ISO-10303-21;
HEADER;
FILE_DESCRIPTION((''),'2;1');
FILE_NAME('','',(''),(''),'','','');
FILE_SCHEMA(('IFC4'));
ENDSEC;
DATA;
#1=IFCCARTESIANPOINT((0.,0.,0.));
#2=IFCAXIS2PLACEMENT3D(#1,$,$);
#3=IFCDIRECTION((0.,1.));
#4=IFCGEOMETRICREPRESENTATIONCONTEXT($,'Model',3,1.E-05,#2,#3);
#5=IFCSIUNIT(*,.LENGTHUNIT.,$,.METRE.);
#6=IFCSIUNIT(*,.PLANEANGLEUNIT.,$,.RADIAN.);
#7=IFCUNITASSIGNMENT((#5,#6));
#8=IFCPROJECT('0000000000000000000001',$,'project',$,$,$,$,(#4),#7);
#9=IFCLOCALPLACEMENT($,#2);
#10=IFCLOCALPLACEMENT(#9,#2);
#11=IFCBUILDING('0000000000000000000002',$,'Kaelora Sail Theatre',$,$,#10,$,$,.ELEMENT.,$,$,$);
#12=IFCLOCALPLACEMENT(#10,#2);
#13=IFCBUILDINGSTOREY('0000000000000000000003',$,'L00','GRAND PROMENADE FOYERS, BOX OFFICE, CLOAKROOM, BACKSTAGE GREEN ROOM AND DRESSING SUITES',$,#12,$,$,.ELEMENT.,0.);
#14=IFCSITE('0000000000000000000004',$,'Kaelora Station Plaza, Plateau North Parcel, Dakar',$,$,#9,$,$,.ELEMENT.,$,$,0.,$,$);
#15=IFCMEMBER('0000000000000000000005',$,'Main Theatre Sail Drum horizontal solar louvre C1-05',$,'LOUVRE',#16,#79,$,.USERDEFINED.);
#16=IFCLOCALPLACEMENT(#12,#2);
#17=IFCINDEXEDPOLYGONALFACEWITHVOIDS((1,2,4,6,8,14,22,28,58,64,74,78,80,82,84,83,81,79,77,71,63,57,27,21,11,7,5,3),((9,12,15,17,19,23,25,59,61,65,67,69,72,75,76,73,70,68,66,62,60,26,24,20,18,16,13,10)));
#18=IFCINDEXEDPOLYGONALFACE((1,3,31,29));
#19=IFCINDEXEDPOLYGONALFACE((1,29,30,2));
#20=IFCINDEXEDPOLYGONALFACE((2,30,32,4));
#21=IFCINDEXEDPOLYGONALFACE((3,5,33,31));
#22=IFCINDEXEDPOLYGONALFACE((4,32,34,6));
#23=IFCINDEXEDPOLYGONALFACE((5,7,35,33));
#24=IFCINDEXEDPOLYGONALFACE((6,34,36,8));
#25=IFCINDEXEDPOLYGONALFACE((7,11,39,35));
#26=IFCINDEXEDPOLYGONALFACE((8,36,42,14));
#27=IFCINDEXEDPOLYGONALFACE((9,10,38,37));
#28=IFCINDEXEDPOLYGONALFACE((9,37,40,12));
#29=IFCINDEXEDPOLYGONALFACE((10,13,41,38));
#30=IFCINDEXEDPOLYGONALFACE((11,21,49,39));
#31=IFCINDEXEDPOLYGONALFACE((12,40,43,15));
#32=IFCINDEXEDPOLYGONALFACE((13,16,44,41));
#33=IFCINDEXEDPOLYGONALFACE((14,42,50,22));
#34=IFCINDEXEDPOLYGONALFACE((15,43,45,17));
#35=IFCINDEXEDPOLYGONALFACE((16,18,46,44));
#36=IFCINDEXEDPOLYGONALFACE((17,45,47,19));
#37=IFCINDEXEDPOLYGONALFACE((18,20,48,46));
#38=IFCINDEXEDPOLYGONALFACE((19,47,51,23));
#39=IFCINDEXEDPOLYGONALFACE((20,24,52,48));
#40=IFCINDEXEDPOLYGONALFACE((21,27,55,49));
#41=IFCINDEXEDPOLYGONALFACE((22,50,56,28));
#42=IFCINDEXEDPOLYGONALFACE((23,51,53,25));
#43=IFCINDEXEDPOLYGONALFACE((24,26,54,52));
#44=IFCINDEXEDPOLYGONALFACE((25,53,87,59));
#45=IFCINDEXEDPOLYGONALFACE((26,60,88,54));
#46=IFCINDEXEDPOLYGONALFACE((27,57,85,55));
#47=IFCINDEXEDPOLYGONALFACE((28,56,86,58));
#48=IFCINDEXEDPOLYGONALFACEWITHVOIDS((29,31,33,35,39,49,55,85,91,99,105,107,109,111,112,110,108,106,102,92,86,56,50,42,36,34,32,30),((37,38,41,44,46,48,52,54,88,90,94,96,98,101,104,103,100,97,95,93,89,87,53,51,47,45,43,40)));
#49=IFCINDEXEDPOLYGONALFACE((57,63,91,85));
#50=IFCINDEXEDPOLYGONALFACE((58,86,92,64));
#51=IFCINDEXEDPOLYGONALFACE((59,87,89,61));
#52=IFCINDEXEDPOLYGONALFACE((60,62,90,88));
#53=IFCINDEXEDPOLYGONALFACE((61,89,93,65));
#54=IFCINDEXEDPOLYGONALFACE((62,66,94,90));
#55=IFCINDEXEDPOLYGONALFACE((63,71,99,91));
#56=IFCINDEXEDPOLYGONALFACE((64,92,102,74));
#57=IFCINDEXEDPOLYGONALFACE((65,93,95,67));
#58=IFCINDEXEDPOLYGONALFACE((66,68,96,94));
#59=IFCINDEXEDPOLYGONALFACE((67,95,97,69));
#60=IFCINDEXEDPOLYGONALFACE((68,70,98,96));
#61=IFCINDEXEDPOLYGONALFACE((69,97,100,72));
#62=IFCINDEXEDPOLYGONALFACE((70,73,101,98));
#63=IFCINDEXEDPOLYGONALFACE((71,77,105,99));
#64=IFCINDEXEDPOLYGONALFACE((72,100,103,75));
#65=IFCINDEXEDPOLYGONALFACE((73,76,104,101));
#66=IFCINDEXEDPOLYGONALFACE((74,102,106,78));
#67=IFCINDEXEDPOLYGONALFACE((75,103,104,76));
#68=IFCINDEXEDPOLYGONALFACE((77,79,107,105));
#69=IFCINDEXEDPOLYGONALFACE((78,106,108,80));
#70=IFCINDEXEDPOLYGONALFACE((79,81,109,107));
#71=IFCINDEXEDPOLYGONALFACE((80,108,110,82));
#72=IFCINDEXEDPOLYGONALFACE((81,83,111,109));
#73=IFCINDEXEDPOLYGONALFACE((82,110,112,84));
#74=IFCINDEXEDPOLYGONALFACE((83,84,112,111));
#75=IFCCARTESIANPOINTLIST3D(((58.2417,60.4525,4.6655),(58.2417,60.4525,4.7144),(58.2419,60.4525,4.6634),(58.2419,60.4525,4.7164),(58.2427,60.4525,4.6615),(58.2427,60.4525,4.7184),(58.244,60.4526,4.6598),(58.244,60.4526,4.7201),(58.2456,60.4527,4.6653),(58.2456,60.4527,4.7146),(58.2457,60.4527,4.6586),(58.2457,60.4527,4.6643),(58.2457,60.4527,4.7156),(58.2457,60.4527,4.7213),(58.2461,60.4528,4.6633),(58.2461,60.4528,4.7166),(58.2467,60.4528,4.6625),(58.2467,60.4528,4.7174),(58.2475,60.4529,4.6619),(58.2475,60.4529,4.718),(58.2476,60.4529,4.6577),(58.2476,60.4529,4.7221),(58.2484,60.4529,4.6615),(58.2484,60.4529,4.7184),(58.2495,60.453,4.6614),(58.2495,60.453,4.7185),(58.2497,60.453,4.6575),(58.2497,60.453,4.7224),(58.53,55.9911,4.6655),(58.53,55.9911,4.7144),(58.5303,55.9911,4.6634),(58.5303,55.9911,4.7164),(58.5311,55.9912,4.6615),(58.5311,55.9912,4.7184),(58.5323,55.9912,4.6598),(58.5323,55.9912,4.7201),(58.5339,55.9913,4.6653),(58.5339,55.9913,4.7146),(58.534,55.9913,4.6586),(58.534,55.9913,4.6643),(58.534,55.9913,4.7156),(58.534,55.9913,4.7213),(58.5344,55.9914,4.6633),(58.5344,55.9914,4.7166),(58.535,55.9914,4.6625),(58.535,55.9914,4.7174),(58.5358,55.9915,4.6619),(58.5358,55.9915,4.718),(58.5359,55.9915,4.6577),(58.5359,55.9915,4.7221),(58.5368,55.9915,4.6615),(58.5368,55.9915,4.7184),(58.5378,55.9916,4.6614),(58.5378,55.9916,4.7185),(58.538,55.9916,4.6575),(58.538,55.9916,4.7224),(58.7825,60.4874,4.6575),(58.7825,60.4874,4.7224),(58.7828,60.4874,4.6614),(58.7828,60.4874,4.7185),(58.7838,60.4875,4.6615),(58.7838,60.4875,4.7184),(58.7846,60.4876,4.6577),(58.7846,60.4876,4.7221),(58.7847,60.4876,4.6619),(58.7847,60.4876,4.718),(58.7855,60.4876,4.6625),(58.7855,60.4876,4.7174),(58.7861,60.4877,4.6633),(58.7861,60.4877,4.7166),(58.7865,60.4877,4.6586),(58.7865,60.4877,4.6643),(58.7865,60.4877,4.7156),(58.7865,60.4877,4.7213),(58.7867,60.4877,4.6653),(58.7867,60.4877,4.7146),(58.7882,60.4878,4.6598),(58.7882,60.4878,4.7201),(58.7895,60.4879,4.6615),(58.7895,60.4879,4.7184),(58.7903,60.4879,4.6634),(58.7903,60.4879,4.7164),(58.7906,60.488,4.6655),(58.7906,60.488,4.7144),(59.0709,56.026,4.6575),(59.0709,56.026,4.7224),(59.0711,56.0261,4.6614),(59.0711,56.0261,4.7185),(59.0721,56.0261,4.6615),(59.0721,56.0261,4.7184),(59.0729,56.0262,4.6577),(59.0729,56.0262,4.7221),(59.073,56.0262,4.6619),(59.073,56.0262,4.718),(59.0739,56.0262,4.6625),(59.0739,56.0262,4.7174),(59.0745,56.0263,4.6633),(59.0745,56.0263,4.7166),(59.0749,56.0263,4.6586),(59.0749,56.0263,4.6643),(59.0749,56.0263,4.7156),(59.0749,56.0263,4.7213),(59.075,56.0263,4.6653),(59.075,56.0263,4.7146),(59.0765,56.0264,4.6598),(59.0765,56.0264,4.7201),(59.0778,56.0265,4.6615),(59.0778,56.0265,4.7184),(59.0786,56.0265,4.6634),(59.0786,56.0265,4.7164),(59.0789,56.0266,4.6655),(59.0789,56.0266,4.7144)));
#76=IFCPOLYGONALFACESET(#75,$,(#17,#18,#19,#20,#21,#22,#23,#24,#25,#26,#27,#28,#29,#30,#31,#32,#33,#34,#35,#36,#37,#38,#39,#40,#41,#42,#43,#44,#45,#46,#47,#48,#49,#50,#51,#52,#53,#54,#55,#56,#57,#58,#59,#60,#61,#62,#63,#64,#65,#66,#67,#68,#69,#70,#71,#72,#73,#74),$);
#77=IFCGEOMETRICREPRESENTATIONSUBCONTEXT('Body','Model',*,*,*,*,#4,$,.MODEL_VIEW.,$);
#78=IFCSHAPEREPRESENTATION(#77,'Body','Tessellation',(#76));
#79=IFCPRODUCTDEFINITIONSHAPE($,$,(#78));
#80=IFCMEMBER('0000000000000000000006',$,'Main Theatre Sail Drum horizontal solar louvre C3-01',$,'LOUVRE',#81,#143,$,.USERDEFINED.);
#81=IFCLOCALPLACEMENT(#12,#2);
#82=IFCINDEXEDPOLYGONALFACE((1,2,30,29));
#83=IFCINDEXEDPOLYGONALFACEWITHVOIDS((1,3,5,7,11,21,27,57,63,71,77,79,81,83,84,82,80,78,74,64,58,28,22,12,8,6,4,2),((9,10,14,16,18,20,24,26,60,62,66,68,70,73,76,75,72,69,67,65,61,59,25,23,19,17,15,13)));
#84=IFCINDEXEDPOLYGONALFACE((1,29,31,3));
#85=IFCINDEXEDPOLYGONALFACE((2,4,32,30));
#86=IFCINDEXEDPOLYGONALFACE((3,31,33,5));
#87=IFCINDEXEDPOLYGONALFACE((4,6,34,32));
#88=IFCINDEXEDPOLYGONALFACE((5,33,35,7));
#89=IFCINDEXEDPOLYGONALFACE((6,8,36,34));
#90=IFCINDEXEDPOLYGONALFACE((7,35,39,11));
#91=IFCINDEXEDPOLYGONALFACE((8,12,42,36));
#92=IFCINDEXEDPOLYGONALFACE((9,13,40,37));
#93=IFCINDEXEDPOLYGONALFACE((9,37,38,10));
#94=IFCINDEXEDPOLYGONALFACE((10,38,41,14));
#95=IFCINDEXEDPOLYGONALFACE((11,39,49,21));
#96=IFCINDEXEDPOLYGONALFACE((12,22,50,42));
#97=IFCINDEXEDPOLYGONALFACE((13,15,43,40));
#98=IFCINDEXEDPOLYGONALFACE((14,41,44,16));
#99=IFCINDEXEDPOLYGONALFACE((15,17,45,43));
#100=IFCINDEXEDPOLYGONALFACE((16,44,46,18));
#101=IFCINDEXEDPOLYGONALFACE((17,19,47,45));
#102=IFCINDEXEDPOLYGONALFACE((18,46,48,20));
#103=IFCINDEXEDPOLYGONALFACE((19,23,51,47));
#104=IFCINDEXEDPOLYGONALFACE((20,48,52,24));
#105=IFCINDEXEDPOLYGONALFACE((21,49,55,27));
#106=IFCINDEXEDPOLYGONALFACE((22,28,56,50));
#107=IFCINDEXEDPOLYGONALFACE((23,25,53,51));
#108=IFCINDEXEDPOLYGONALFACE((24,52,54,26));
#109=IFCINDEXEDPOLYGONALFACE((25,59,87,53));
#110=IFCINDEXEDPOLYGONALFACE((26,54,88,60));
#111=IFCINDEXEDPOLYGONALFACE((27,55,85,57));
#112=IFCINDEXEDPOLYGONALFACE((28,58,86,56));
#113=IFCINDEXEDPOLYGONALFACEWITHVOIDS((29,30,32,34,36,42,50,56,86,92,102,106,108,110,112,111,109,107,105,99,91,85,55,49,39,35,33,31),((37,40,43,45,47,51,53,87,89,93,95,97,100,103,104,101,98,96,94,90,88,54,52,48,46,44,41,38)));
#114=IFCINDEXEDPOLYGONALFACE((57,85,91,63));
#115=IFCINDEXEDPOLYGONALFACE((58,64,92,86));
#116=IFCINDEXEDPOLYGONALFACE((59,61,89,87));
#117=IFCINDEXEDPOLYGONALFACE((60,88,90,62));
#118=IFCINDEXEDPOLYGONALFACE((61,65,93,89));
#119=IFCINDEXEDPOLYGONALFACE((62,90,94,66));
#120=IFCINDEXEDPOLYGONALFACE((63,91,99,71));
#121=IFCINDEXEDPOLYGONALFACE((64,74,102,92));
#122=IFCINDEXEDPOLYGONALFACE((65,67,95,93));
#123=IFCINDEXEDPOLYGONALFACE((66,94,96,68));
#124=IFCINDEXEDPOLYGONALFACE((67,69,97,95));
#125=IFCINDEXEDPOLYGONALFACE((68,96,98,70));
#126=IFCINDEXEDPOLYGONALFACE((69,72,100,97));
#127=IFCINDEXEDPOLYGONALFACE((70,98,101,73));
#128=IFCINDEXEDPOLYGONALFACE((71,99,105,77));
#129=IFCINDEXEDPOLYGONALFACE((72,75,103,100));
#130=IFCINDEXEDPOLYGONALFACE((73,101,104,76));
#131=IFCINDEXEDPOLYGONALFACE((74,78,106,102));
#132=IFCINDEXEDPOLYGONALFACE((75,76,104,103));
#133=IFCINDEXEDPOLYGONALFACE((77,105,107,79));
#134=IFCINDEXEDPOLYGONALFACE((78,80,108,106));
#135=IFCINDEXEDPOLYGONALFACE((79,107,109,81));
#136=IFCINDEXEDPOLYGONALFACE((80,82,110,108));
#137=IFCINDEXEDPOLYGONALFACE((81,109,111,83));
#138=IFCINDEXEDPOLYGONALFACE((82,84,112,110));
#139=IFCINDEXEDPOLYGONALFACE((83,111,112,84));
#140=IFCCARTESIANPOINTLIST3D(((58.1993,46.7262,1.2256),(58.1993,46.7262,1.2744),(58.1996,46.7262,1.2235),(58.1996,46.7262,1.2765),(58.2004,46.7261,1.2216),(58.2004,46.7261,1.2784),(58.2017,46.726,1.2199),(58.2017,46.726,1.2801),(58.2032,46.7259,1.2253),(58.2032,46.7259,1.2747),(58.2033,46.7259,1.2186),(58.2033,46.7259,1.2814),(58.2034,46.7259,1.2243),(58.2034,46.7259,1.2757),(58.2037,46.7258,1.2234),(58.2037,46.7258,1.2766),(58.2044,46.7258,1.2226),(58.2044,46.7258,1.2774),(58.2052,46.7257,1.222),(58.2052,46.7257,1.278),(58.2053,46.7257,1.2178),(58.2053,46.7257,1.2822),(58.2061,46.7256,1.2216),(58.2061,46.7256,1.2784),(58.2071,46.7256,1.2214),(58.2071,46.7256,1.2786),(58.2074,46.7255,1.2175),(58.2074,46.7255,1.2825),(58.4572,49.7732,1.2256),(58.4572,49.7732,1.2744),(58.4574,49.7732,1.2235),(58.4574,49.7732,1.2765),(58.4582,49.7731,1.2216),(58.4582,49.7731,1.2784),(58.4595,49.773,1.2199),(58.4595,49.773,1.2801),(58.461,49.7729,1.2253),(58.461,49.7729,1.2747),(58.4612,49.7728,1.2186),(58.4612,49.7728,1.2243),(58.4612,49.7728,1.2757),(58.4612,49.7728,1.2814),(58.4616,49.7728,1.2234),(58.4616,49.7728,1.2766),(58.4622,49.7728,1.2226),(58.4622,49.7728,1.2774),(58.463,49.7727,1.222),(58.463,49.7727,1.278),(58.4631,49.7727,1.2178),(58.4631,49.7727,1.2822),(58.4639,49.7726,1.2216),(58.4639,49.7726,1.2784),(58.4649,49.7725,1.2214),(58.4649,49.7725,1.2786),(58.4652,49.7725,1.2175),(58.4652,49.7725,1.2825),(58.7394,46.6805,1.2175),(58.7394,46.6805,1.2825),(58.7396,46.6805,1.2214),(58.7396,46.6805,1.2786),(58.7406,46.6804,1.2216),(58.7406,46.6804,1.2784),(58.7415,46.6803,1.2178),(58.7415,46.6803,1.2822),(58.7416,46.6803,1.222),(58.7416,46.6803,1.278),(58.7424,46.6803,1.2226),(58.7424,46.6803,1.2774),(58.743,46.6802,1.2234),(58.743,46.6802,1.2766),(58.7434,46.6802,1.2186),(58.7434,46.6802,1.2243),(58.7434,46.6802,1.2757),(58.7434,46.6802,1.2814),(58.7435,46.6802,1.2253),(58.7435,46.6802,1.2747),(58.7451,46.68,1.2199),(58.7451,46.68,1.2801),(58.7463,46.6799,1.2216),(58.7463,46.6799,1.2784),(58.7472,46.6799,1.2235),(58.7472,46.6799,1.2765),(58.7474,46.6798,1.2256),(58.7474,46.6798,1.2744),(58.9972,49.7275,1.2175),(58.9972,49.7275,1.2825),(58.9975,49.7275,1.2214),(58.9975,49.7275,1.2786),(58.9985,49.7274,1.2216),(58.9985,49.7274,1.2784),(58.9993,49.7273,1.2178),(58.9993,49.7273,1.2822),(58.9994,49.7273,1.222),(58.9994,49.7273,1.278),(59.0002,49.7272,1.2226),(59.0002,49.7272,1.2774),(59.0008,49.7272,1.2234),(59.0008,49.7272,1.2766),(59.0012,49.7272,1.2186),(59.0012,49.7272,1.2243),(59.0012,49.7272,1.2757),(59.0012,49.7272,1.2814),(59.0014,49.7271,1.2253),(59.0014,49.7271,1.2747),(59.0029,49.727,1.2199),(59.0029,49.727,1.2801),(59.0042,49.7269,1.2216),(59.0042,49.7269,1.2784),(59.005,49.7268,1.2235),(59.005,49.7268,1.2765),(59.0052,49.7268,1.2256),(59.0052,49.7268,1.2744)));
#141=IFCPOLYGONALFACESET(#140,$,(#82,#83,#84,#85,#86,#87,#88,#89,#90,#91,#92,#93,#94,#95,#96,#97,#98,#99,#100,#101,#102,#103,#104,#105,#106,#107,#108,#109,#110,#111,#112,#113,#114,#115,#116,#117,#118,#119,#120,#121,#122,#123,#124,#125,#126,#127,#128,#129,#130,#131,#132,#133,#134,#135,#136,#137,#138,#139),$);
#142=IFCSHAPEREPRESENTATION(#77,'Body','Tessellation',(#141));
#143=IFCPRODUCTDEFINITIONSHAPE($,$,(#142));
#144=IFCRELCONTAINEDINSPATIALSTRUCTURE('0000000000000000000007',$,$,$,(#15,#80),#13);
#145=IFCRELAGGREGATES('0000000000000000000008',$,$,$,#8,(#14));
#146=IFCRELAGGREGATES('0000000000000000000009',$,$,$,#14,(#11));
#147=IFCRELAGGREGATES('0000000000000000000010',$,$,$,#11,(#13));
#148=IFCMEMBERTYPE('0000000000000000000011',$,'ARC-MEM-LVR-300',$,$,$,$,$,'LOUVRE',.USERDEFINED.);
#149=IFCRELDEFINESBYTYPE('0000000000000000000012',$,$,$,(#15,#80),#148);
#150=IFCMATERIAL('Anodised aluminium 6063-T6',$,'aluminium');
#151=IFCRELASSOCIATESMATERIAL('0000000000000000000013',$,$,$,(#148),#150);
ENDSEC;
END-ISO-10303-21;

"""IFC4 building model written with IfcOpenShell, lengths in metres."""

from ifc_helpers import new_model, si_unit, direction, frame, origin, origin_2d, place, context, subcontext, project, spatial, hollow_rectangle, extrude, material, material_profile, profile_set, type_object, element, save


model = new_model("IFC4")

# Units and contexts
model_context = context("Model", 3, precision=1e-05, world=origin(), true_north=direction((0.0, 1.0)))
body_context = subcontext(model_context, "Body", "Model", "MODEL_VIEW")
ifc_project = project(units=[si_unit("LENGTHUNIT", "METRE"), si_unit("PLANEANGLEUNIT", "RADIAN")], contexts=[model_context])

# Site, building, storey
site_placement = place(None, origin())
site = spatial("IfcSite", under=ifc_project, at=site_placement, Name="Kaelora Station Plaza, Plateau North Parcel, Dakar", CompositionType="ELEMENT", RefElevation=0.0)
building_placement = place(site_placement, origin())
building = spatial("IfcBuilding", under=site, at=building_placement, Name="Kaelora Sail Theatre", CompositionType="ELEMENT")
storey_placement = place(building_placement, origin())
storey = spatial("IfcBuildingStorey", under=building, at=storey_placement, Name="L00", Description="GRAND PROMENADE FOYERS, BOX OFFICE, CLOAKROOM, BACKSTAGE GREEN ROOM AND DRESSING SUITES", CompositionType="ELEMENT", Elevation=0.0)

# Members
ifc_material_1 = material(Name="Anodised aluminium 6063-T6", Category="aluminium")
ifc_material_profile_1 = material_profile(ifc_material_1, hollow_rectangle(XDim=0.55, YDim=0.0649, WallThickness=0.0039, InnerFilletRadius=0.0039, OuterFilletRadius=0.0081, at=origin_2d()), Name="LOUVRE 550x65x4")
ifc_profile_set_1 = profile_set([ifc_material_profile_1], Name="Anodised aluminium 6063-T6")
member_type_1 = type_object("IfcMemberType", Name="ARC-MEM-LVR-300", ElementType="LOUVRE", PredefinedType="USERDEFINED", material=ifc_profile_set_1)
for number, where, z_axis, x_axis, name in (
    (1, (58.5161, 60.4702, 4.6899), (0.064493, -0.997918, 0.0), (0.997918, 0.064493, 0.0), "Main Theatre Sail Drum horizontal solar louvre C1-05"),
):
    element("IfcMember", number, at=place(storey_placement, frame(where, z_axis=z_axis, x_axis=x_axis)), inside=storey, type_object=member_type_1, Name=name, ObjectType="LOUVRE", PredefinedType="USERDEFINED", context=body_context, shape_type="SweptSolid", body=[
        extrude(hollow_rectangle(XDim=0.55, YDim=0.0649, WallThickness=0.0039, InnerFilletRadius=0.0039, OuterFilletRadius=0.0081, at=origin_2d()), origin(), (0.0, 0.0, 1.0), 4.4707),
    ])
for number, where, z_axis, x_axis, name in (
    (2, (58.7312, 49.75, 1.25), (-0.084314, -0.996439, 0.0), (0.996439, -0.084314, 0.0), "Main Theatre Sail Drum horizontal solar louvre C3-01"),
):
    element("IfcMember", number, at=place(storey_placement, frame(where, z_axis=z_axis, x_axis=x_axis)), inside=storey, type_object=member_type_1, Name=name, ObjectType="LOUVRE", PredefinedType="USERDEFINED", context=body_context, shape_type="SweptSolid", body=[
        extrude(hollow_rectangle(XDim=0.55, YDim=0.0649, WallThickness=0.0039, InnerFilletRadius=0.0039, OuterFilletRadius=0.0081, at=origin_2d()), origin(), (0.0, 0.0, 1.0), 3.0579),
    ])

save(model, "model.ifc")
